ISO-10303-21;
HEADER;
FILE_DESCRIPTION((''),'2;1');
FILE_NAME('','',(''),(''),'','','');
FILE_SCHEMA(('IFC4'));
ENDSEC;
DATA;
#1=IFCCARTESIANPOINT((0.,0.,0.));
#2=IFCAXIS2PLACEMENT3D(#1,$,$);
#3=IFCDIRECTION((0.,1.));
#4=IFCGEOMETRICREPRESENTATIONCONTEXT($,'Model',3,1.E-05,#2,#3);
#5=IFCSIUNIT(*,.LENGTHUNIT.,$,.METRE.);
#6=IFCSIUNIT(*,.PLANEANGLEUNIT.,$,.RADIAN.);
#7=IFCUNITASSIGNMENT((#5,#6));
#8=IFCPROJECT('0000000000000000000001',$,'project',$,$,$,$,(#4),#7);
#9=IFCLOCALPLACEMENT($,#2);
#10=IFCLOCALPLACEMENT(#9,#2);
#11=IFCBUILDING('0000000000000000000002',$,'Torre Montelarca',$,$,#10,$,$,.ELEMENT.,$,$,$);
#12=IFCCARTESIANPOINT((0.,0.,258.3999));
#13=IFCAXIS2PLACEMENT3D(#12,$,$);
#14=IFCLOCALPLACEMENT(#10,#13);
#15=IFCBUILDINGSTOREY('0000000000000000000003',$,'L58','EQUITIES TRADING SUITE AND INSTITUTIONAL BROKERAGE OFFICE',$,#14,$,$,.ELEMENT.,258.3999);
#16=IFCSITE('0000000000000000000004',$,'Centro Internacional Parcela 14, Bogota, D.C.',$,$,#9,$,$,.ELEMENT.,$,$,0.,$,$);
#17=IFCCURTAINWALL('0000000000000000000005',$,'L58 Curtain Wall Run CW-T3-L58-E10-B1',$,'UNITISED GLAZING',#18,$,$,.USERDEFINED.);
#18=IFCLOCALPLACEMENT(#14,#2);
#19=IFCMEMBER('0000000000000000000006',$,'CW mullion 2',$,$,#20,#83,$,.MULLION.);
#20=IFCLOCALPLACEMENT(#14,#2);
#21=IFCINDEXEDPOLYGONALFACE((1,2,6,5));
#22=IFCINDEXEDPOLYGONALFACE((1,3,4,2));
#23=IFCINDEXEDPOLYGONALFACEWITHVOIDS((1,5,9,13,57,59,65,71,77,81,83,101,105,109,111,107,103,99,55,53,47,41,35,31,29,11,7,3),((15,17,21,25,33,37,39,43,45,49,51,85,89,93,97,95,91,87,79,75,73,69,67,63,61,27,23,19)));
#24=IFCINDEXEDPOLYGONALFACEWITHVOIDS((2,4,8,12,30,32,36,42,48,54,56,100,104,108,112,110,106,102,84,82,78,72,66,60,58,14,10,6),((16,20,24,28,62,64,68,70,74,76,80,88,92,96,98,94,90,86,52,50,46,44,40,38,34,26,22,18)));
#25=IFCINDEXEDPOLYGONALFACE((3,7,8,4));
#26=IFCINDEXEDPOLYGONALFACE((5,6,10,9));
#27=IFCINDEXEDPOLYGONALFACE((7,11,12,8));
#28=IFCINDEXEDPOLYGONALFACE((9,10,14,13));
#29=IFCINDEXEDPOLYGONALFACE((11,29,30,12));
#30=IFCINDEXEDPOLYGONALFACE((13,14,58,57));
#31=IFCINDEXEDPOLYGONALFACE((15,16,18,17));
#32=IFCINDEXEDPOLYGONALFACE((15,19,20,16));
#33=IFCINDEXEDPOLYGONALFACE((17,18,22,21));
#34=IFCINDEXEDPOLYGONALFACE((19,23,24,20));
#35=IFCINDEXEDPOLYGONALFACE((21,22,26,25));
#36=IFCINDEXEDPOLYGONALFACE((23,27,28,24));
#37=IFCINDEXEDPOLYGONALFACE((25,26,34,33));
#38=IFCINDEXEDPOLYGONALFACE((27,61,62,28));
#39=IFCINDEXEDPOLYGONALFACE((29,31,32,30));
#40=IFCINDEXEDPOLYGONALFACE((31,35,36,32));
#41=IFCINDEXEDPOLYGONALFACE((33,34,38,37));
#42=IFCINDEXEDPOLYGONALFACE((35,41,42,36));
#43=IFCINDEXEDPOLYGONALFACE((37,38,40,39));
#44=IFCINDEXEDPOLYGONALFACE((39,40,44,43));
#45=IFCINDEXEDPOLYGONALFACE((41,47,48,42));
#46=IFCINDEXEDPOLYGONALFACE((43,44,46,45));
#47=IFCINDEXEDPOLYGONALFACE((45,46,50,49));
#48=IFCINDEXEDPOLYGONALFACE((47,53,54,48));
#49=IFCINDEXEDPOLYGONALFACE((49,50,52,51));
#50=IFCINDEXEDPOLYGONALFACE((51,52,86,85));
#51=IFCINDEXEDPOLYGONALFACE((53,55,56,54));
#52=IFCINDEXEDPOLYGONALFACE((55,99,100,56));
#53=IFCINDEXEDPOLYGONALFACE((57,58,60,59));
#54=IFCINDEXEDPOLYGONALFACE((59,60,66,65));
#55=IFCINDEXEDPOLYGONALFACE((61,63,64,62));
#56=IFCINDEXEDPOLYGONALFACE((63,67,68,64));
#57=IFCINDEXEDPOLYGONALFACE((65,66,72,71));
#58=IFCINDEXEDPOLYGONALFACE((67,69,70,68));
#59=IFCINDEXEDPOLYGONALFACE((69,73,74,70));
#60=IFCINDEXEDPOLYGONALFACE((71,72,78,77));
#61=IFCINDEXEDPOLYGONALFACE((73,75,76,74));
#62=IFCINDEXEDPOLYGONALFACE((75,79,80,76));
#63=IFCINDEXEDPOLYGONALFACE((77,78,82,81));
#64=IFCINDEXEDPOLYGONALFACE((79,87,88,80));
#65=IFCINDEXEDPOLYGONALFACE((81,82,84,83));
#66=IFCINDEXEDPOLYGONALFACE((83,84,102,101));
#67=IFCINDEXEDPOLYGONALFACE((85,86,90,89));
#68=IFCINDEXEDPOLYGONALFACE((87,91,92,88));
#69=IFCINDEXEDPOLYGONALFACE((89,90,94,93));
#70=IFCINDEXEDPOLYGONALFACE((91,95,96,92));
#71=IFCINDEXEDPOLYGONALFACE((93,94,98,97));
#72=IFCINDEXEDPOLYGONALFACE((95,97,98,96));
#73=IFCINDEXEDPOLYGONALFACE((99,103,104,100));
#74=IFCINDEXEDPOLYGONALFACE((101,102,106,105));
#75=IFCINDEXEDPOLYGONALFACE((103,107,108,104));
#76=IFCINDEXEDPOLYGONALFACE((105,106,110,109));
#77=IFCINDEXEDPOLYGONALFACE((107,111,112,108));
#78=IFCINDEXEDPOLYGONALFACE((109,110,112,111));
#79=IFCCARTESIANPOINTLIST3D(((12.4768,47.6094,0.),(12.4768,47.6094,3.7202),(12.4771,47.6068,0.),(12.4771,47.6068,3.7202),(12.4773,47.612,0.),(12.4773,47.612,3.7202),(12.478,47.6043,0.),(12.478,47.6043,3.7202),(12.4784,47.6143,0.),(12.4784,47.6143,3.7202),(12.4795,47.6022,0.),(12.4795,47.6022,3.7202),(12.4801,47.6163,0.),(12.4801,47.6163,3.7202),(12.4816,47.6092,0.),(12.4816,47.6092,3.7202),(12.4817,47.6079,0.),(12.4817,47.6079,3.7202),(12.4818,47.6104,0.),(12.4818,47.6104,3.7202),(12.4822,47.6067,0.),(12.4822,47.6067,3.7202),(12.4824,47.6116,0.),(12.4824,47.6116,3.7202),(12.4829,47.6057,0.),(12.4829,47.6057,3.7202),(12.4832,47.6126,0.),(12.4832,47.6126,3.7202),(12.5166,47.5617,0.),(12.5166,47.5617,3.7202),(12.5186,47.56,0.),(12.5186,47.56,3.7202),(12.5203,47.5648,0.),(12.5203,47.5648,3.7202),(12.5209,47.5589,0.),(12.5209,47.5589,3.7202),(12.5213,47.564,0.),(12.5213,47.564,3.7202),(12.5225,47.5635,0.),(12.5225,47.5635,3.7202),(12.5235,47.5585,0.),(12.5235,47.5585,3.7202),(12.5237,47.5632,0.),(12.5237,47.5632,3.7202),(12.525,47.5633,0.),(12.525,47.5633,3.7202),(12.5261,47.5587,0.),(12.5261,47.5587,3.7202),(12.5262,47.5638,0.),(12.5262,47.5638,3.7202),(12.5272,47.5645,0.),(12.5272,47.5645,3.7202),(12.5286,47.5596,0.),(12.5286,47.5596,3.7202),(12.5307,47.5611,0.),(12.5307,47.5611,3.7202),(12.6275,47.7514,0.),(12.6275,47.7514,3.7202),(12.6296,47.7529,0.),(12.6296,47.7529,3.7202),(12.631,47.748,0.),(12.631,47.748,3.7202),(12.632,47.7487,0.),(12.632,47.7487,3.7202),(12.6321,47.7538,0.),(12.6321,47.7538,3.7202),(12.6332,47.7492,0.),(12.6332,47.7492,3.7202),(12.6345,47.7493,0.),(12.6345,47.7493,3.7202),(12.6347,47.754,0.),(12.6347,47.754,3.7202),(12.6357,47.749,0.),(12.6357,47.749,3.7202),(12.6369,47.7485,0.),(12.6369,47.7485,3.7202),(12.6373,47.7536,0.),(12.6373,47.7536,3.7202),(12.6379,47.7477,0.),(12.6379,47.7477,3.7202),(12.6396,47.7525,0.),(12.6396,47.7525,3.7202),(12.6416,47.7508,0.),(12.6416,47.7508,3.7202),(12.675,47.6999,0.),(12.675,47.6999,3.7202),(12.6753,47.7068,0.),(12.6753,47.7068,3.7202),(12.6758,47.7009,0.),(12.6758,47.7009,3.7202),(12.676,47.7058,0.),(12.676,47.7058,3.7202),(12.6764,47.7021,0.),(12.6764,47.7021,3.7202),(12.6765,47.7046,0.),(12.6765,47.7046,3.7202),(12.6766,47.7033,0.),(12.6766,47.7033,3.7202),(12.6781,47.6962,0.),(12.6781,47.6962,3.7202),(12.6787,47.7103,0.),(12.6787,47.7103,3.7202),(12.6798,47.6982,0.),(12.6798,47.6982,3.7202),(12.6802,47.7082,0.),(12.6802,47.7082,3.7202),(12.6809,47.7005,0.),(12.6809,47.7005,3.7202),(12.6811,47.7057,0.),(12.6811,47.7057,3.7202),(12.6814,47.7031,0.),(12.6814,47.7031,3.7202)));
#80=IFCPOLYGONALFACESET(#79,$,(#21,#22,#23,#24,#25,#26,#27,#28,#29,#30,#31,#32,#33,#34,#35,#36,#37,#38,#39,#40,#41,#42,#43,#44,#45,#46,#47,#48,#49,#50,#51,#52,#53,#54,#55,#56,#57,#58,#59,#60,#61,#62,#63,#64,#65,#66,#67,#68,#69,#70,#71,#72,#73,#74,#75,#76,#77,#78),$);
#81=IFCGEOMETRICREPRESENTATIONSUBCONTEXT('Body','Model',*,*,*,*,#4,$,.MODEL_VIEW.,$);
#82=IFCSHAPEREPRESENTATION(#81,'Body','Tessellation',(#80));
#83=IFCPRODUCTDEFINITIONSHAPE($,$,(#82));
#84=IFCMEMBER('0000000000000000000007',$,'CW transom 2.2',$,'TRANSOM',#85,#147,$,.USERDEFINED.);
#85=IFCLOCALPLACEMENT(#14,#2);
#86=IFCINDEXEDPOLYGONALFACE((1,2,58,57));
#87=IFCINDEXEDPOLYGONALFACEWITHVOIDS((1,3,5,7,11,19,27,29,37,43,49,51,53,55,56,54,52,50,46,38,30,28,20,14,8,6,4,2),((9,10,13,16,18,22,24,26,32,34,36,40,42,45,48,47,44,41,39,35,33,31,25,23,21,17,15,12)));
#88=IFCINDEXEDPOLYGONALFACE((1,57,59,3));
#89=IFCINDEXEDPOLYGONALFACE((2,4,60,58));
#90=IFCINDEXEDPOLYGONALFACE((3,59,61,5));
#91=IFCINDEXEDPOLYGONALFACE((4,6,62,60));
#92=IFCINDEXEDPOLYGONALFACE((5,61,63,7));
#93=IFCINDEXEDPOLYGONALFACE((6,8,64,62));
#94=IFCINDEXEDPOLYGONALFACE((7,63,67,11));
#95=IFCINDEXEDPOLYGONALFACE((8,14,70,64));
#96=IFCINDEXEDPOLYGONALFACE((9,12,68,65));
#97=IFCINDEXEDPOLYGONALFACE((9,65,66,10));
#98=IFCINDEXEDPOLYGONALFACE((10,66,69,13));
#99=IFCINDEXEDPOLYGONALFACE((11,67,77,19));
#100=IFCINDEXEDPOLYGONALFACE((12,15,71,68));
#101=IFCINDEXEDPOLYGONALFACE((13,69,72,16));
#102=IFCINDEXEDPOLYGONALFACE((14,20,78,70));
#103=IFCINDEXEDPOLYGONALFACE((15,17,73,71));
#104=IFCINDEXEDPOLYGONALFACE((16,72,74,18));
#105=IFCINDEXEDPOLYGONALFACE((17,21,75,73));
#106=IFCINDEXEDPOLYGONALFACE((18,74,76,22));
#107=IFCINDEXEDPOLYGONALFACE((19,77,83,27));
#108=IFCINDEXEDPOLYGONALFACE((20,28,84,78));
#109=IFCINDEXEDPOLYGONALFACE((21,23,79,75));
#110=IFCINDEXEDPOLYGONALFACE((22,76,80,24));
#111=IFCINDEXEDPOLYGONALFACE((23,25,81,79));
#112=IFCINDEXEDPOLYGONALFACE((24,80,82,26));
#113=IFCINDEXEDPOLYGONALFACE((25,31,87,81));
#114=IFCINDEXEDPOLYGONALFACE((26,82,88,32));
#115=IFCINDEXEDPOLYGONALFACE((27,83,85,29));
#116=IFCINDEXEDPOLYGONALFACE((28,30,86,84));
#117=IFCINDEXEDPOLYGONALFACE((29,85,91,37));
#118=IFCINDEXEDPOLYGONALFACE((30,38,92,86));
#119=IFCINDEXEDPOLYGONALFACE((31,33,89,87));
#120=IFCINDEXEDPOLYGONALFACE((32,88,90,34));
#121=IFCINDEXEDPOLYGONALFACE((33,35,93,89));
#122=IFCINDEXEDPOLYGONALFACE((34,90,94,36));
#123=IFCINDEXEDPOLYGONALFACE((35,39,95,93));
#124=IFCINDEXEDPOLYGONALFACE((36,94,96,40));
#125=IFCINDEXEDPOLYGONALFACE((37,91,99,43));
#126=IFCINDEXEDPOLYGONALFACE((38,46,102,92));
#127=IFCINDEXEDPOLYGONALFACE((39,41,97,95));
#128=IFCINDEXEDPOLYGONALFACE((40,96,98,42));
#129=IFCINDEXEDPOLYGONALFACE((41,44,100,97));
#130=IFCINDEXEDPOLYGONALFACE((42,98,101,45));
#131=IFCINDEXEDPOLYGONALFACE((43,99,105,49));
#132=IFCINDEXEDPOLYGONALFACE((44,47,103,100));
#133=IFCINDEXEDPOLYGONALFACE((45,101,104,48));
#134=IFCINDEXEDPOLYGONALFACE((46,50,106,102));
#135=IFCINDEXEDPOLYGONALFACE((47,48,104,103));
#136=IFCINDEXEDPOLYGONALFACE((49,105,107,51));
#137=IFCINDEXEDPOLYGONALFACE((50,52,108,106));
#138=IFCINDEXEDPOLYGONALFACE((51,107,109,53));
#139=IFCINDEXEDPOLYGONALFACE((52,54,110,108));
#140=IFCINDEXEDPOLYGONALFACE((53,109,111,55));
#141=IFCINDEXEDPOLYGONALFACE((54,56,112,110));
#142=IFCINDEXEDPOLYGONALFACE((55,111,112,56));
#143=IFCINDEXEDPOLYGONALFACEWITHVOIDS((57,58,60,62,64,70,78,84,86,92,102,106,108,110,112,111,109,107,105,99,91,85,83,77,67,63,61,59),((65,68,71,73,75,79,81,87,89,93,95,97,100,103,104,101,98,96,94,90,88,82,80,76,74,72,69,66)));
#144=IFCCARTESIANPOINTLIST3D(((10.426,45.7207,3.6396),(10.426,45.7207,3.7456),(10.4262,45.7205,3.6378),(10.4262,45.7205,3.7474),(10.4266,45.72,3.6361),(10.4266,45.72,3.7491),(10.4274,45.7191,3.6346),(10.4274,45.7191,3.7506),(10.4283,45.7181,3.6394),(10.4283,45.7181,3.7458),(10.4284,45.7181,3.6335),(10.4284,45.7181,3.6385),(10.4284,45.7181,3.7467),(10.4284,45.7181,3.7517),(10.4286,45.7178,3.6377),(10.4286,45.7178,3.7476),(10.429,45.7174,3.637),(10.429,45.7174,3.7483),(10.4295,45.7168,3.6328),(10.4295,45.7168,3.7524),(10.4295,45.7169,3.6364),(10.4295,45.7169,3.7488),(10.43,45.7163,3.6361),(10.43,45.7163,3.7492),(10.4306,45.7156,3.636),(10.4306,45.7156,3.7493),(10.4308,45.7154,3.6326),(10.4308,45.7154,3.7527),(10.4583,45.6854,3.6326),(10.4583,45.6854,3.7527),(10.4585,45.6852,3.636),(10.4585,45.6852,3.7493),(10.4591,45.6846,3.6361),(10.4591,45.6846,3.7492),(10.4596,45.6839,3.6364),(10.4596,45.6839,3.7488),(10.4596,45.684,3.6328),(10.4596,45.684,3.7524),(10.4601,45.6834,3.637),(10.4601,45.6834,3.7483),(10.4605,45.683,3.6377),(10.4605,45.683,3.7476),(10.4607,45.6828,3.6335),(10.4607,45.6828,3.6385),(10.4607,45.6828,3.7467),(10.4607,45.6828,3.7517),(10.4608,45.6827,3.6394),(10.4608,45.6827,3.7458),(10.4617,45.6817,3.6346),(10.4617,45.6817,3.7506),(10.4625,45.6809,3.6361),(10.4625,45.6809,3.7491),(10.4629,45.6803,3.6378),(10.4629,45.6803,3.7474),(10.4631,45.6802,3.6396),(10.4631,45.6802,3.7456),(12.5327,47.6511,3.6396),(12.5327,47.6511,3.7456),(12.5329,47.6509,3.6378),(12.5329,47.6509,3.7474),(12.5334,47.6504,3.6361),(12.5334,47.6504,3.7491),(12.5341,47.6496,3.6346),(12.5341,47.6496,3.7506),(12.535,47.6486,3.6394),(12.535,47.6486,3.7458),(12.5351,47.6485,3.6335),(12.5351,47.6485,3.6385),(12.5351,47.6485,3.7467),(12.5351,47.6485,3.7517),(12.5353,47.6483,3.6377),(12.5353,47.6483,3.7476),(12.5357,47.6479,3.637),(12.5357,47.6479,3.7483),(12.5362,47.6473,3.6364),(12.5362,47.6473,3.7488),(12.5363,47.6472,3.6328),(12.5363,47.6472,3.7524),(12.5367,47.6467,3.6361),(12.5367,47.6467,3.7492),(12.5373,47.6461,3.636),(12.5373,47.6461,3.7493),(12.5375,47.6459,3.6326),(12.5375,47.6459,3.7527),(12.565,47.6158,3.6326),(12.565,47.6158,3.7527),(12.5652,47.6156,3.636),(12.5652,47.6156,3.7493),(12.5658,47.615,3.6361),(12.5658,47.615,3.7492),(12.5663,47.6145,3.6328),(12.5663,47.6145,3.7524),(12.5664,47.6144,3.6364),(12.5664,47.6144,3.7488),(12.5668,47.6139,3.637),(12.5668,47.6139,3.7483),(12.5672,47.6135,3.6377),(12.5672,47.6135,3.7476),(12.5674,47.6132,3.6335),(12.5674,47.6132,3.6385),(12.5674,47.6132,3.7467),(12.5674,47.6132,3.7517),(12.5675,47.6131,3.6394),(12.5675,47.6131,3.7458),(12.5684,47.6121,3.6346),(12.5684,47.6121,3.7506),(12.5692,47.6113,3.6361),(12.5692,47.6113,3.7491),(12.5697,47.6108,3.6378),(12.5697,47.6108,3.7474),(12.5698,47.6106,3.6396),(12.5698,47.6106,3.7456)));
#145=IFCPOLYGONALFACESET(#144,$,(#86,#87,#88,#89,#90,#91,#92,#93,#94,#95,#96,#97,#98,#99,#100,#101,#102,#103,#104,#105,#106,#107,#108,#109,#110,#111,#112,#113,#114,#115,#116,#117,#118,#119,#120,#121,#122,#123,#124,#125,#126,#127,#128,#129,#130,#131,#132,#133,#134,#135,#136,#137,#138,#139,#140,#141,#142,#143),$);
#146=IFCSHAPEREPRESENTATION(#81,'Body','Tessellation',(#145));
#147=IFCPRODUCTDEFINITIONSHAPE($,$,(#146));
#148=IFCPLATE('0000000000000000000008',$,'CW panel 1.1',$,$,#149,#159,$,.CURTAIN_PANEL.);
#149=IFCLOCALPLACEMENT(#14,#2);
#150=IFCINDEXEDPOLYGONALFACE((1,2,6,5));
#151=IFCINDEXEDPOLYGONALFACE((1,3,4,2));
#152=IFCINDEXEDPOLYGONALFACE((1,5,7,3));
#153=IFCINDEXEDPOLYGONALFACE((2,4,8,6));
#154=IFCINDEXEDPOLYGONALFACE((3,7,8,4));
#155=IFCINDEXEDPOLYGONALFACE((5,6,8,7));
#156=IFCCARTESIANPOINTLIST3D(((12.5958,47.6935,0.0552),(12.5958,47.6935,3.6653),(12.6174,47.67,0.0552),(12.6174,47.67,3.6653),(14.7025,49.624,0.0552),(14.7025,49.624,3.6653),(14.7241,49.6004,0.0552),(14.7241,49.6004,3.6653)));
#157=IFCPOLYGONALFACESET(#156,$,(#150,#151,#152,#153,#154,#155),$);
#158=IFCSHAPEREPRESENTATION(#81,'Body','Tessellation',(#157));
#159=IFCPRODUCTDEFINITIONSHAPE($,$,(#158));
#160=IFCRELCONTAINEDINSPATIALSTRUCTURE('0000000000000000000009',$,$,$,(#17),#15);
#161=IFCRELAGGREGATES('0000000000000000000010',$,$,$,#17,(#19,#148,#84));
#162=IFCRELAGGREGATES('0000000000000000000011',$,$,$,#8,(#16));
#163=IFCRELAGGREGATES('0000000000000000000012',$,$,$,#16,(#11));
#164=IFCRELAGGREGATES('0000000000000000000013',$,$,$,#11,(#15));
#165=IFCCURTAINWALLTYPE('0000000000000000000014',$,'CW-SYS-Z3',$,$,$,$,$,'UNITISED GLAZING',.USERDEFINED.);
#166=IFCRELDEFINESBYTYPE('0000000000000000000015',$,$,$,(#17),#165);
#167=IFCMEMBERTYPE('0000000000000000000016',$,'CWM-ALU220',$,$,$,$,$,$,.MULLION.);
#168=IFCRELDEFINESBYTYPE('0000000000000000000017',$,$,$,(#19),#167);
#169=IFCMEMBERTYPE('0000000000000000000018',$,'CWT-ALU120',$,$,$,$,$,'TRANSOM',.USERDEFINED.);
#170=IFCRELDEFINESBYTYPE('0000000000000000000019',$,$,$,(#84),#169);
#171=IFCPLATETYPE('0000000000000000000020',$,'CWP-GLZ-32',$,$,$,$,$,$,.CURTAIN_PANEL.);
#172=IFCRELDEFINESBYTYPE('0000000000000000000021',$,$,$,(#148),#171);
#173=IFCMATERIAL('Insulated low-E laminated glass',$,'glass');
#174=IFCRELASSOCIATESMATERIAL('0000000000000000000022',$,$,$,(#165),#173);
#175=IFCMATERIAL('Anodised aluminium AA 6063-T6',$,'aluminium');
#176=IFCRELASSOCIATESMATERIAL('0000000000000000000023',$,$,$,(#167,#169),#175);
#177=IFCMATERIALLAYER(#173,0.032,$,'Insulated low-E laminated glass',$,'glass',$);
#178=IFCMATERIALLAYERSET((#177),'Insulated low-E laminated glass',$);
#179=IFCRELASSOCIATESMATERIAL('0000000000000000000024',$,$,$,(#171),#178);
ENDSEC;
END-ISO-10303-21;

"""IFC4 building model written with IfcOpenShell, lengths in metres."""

from ifc_helpers import new_model, si_unit, direction, frame, origin, origin_2d, place, context, subcontext, project, spatial, rectangle, hollow_rectangle, extrude, source, transform, mapped, material, layer, layer_set, material_profile, profile_set, type_object, element, aggregate, save


model = new_model("IFC4")

# Units and contexts
model_context = context("Model", 3, precision=1e-05, world=origin(), true_north=direction((0.0, 1.0)))
body_context = subcontext(model_context, "Body", "Model", "MODEL_VIEW")
ifc_project = project(units=[si_unit("LENGTHUNIT", "METRE"), si_unit("PLANEANGLEUNIT", "RADIAN")], contexts=[model_context])

# Site, building, storey
site_placement = place(None, origin())
site = spatial("IfcSite", under=ifc_project, at=site_placement, Name="Centro Internacional Parcela 14, Bogota, D.C.", CompositionType="ELEMENT", RefElevation=0.0)
building_placement = place(site_placement, origin())
building = spatial("IfcBuilding", under=site, at=building_placement, Name="Torre Montelarca", CompositionType="ELEMENT")
storey_placement = place(building_placement, frame((0.0, 0.0, 258.3999)))
storey = spatial("IfcBuildingStorey", under=building, at=storey_placement, Name="L58", Description="EQUITIES TRADING SUITE AND INSTITUTIONAL BROKERAGE OFFICE", CompositionType="ELEMENT", Elevation=258.3999)

# Curtain wall, members, plate
ifc_material_1 = material(Name="Insulated low-E laminated glass", Category="glass")
curtain_wall_type = type_object("IfcCurtainWallType", Name="CW-SYS-Z3", ElementType="UNITISED GLAZING", PredefinedType="USERDEFINED", material=ifc_material_1)
curtain_wall_placement = place(storey_placement, origin())
curtain_wall = element("IfcCurtainWall", 1, at=curtain_wall_placement, inside=storey, type_object=curtain_wall_type, Name="L58 Curtain Wall Run CW-T3-L58-E10-B1", ObjectType="UNITISED GLAZING", PredefinedType="USERDEFINED")
ifc_material_2 = material(Name="Anodised aluminium AA 6063-T6", Category="aluminium")
ifc_material_profile_1 = material_profile(ifc_material_2, hollow_rectangle(XDim=0.075, YDim=0.22, WallThickness=0.0049, InnerFilletRadius=0.0049, OuterFilletRadius=0.01, at=origin_2d()), Name="ALU75X220X5", Category="aluminium")
ifc_profile_set_1 = profile_set([ifc_material_profile_1], Name="Anodised aluminium AA 6063-T6")
member_type_1 = type_object("IfcMemberType", Name="CWM-ALU220", PredefinedType="MULLION", material=ifc_profile_set_1)
shared_shape_1 = source(origin(), body_context, "Body", "SweptSolid", [
    extrude(hollow_rectangle(XDim=0.075, YDim=0.22, WallThickness=0.0049, InnerFilletRadius=0.0049, OuterFilletRadius=0.01, at=origin_2d()), origin(), (0.0, 0.0, 1.0), 3.7202),
])
member_1_placement = place(storey_placement, frame((12.5791, 47.6562, 0.0), z_axis=(0.0, 0.0, 1.0), x_axis=(0.675592, -0.737276, 0.0)))
member_1 = element("IfcMember", 2, at=member_1_placement, type_object=member_type_1, Name="CW mullion 2", PredefinedType="MULLION", context=body_context, shape_type="MappedRepresentation", body=[
    mapped(shared_shape_1, transform((0.0, 0.0, 0.0), scale=1.0)),
])
ifc_material_profile_2 = material_profile(ifc_material_2, hollow_rectangle(XDim=0.0549, YDim=0.1201, WallThickness=0.0034, InnerFilletRadius=0.0034, OuterFilletRadius=0.0071, at=origin_2d()), Name="ALU55X120X3.5", Category="aluminium")
ifc_profile_set_2 = profile_set([ifc_material_profile_2], Name="Anodised aluminium AA 6063-T6")
member_type_2 = type_object("IfcMemberType", Name="CWT-ALU120", ElementType="TRANSOM", PredefinedType="USERDEFINED", material=ifc_profile_set_2)
shared_shape_2 = source(origin(), body_context, "Body", "SweptSolid", [
    extrude(hollow_rectangle(XDim=0.0549, YDim=0.1201, WallThickness=0.0034, InnerFilletRadius=0.0034, OuterFilletRadius=0.0071, at=origin_2d()), origin(), (0.0, 0.0, 1.0), 2.8574),
])
member_2_placement = place(storey_placement, frame((12.5513, 47.6309, 3.6926), z_axis=(-0.737278, -0.675589, 0.0), x_axis=(0.675589, -0.737278, 0.0)))
member_2 = element("IfcMember", 3, at=member_2_placement, type_object=member_type_2, Name="CW transom 2.2", ObjectType="TRANSOM", PredefinedType="USERDEFINED", context=body_context, shape_type="MappedRepresentation", body=[
    mapped(shared_shape_2, transform((0.0, 0.0, 0.0), scale=1.0)),
])
ifc_layer_1 = layer(ifc_material_1, 0.032, Name="Insulated low-E laminated glass", Category="glass")
ifc_layer_set_1 = layer_set([ifc_layer_1], Name="Insulated low-E laminated glass")
plate_type = type_object("IfcPlateType", Name="CWP-GLZ-32", PredefinedType="CURTAIN_PANEL", material=ifc_layer_set_1)
shared_shape_3 = source(origin(), body_context, "Body", "SweptSolid", [
    extrude(rectangle(XDim=2.8574, YDim=0.032, at=origin_2d()), origin(), (0.0, 0.0, 1.0), 3.6101),
])
plate_placement = place(storey_placement, frame((13.6599, 48.647, 0.0552), z_axis=(0.0, 0.0, 1.0), x_axis=(-0.737276, -0.675592, 0.0)))
plate = element("IfcPlate", 4, at=plate_placement, type_object=plate_type, Name="CW panel 1.1", PredefinedType="CURTAIN_PANEL", context=body_context, shape_type="MappedRepresentation", body=[
    mapped(shared_shape_3, transform((0.0, 0.0, 0.0), scale=1.0)),
])
aggregate(curtain_wall, [member_1, plate, member_2])

save(model, "model.ifc")
